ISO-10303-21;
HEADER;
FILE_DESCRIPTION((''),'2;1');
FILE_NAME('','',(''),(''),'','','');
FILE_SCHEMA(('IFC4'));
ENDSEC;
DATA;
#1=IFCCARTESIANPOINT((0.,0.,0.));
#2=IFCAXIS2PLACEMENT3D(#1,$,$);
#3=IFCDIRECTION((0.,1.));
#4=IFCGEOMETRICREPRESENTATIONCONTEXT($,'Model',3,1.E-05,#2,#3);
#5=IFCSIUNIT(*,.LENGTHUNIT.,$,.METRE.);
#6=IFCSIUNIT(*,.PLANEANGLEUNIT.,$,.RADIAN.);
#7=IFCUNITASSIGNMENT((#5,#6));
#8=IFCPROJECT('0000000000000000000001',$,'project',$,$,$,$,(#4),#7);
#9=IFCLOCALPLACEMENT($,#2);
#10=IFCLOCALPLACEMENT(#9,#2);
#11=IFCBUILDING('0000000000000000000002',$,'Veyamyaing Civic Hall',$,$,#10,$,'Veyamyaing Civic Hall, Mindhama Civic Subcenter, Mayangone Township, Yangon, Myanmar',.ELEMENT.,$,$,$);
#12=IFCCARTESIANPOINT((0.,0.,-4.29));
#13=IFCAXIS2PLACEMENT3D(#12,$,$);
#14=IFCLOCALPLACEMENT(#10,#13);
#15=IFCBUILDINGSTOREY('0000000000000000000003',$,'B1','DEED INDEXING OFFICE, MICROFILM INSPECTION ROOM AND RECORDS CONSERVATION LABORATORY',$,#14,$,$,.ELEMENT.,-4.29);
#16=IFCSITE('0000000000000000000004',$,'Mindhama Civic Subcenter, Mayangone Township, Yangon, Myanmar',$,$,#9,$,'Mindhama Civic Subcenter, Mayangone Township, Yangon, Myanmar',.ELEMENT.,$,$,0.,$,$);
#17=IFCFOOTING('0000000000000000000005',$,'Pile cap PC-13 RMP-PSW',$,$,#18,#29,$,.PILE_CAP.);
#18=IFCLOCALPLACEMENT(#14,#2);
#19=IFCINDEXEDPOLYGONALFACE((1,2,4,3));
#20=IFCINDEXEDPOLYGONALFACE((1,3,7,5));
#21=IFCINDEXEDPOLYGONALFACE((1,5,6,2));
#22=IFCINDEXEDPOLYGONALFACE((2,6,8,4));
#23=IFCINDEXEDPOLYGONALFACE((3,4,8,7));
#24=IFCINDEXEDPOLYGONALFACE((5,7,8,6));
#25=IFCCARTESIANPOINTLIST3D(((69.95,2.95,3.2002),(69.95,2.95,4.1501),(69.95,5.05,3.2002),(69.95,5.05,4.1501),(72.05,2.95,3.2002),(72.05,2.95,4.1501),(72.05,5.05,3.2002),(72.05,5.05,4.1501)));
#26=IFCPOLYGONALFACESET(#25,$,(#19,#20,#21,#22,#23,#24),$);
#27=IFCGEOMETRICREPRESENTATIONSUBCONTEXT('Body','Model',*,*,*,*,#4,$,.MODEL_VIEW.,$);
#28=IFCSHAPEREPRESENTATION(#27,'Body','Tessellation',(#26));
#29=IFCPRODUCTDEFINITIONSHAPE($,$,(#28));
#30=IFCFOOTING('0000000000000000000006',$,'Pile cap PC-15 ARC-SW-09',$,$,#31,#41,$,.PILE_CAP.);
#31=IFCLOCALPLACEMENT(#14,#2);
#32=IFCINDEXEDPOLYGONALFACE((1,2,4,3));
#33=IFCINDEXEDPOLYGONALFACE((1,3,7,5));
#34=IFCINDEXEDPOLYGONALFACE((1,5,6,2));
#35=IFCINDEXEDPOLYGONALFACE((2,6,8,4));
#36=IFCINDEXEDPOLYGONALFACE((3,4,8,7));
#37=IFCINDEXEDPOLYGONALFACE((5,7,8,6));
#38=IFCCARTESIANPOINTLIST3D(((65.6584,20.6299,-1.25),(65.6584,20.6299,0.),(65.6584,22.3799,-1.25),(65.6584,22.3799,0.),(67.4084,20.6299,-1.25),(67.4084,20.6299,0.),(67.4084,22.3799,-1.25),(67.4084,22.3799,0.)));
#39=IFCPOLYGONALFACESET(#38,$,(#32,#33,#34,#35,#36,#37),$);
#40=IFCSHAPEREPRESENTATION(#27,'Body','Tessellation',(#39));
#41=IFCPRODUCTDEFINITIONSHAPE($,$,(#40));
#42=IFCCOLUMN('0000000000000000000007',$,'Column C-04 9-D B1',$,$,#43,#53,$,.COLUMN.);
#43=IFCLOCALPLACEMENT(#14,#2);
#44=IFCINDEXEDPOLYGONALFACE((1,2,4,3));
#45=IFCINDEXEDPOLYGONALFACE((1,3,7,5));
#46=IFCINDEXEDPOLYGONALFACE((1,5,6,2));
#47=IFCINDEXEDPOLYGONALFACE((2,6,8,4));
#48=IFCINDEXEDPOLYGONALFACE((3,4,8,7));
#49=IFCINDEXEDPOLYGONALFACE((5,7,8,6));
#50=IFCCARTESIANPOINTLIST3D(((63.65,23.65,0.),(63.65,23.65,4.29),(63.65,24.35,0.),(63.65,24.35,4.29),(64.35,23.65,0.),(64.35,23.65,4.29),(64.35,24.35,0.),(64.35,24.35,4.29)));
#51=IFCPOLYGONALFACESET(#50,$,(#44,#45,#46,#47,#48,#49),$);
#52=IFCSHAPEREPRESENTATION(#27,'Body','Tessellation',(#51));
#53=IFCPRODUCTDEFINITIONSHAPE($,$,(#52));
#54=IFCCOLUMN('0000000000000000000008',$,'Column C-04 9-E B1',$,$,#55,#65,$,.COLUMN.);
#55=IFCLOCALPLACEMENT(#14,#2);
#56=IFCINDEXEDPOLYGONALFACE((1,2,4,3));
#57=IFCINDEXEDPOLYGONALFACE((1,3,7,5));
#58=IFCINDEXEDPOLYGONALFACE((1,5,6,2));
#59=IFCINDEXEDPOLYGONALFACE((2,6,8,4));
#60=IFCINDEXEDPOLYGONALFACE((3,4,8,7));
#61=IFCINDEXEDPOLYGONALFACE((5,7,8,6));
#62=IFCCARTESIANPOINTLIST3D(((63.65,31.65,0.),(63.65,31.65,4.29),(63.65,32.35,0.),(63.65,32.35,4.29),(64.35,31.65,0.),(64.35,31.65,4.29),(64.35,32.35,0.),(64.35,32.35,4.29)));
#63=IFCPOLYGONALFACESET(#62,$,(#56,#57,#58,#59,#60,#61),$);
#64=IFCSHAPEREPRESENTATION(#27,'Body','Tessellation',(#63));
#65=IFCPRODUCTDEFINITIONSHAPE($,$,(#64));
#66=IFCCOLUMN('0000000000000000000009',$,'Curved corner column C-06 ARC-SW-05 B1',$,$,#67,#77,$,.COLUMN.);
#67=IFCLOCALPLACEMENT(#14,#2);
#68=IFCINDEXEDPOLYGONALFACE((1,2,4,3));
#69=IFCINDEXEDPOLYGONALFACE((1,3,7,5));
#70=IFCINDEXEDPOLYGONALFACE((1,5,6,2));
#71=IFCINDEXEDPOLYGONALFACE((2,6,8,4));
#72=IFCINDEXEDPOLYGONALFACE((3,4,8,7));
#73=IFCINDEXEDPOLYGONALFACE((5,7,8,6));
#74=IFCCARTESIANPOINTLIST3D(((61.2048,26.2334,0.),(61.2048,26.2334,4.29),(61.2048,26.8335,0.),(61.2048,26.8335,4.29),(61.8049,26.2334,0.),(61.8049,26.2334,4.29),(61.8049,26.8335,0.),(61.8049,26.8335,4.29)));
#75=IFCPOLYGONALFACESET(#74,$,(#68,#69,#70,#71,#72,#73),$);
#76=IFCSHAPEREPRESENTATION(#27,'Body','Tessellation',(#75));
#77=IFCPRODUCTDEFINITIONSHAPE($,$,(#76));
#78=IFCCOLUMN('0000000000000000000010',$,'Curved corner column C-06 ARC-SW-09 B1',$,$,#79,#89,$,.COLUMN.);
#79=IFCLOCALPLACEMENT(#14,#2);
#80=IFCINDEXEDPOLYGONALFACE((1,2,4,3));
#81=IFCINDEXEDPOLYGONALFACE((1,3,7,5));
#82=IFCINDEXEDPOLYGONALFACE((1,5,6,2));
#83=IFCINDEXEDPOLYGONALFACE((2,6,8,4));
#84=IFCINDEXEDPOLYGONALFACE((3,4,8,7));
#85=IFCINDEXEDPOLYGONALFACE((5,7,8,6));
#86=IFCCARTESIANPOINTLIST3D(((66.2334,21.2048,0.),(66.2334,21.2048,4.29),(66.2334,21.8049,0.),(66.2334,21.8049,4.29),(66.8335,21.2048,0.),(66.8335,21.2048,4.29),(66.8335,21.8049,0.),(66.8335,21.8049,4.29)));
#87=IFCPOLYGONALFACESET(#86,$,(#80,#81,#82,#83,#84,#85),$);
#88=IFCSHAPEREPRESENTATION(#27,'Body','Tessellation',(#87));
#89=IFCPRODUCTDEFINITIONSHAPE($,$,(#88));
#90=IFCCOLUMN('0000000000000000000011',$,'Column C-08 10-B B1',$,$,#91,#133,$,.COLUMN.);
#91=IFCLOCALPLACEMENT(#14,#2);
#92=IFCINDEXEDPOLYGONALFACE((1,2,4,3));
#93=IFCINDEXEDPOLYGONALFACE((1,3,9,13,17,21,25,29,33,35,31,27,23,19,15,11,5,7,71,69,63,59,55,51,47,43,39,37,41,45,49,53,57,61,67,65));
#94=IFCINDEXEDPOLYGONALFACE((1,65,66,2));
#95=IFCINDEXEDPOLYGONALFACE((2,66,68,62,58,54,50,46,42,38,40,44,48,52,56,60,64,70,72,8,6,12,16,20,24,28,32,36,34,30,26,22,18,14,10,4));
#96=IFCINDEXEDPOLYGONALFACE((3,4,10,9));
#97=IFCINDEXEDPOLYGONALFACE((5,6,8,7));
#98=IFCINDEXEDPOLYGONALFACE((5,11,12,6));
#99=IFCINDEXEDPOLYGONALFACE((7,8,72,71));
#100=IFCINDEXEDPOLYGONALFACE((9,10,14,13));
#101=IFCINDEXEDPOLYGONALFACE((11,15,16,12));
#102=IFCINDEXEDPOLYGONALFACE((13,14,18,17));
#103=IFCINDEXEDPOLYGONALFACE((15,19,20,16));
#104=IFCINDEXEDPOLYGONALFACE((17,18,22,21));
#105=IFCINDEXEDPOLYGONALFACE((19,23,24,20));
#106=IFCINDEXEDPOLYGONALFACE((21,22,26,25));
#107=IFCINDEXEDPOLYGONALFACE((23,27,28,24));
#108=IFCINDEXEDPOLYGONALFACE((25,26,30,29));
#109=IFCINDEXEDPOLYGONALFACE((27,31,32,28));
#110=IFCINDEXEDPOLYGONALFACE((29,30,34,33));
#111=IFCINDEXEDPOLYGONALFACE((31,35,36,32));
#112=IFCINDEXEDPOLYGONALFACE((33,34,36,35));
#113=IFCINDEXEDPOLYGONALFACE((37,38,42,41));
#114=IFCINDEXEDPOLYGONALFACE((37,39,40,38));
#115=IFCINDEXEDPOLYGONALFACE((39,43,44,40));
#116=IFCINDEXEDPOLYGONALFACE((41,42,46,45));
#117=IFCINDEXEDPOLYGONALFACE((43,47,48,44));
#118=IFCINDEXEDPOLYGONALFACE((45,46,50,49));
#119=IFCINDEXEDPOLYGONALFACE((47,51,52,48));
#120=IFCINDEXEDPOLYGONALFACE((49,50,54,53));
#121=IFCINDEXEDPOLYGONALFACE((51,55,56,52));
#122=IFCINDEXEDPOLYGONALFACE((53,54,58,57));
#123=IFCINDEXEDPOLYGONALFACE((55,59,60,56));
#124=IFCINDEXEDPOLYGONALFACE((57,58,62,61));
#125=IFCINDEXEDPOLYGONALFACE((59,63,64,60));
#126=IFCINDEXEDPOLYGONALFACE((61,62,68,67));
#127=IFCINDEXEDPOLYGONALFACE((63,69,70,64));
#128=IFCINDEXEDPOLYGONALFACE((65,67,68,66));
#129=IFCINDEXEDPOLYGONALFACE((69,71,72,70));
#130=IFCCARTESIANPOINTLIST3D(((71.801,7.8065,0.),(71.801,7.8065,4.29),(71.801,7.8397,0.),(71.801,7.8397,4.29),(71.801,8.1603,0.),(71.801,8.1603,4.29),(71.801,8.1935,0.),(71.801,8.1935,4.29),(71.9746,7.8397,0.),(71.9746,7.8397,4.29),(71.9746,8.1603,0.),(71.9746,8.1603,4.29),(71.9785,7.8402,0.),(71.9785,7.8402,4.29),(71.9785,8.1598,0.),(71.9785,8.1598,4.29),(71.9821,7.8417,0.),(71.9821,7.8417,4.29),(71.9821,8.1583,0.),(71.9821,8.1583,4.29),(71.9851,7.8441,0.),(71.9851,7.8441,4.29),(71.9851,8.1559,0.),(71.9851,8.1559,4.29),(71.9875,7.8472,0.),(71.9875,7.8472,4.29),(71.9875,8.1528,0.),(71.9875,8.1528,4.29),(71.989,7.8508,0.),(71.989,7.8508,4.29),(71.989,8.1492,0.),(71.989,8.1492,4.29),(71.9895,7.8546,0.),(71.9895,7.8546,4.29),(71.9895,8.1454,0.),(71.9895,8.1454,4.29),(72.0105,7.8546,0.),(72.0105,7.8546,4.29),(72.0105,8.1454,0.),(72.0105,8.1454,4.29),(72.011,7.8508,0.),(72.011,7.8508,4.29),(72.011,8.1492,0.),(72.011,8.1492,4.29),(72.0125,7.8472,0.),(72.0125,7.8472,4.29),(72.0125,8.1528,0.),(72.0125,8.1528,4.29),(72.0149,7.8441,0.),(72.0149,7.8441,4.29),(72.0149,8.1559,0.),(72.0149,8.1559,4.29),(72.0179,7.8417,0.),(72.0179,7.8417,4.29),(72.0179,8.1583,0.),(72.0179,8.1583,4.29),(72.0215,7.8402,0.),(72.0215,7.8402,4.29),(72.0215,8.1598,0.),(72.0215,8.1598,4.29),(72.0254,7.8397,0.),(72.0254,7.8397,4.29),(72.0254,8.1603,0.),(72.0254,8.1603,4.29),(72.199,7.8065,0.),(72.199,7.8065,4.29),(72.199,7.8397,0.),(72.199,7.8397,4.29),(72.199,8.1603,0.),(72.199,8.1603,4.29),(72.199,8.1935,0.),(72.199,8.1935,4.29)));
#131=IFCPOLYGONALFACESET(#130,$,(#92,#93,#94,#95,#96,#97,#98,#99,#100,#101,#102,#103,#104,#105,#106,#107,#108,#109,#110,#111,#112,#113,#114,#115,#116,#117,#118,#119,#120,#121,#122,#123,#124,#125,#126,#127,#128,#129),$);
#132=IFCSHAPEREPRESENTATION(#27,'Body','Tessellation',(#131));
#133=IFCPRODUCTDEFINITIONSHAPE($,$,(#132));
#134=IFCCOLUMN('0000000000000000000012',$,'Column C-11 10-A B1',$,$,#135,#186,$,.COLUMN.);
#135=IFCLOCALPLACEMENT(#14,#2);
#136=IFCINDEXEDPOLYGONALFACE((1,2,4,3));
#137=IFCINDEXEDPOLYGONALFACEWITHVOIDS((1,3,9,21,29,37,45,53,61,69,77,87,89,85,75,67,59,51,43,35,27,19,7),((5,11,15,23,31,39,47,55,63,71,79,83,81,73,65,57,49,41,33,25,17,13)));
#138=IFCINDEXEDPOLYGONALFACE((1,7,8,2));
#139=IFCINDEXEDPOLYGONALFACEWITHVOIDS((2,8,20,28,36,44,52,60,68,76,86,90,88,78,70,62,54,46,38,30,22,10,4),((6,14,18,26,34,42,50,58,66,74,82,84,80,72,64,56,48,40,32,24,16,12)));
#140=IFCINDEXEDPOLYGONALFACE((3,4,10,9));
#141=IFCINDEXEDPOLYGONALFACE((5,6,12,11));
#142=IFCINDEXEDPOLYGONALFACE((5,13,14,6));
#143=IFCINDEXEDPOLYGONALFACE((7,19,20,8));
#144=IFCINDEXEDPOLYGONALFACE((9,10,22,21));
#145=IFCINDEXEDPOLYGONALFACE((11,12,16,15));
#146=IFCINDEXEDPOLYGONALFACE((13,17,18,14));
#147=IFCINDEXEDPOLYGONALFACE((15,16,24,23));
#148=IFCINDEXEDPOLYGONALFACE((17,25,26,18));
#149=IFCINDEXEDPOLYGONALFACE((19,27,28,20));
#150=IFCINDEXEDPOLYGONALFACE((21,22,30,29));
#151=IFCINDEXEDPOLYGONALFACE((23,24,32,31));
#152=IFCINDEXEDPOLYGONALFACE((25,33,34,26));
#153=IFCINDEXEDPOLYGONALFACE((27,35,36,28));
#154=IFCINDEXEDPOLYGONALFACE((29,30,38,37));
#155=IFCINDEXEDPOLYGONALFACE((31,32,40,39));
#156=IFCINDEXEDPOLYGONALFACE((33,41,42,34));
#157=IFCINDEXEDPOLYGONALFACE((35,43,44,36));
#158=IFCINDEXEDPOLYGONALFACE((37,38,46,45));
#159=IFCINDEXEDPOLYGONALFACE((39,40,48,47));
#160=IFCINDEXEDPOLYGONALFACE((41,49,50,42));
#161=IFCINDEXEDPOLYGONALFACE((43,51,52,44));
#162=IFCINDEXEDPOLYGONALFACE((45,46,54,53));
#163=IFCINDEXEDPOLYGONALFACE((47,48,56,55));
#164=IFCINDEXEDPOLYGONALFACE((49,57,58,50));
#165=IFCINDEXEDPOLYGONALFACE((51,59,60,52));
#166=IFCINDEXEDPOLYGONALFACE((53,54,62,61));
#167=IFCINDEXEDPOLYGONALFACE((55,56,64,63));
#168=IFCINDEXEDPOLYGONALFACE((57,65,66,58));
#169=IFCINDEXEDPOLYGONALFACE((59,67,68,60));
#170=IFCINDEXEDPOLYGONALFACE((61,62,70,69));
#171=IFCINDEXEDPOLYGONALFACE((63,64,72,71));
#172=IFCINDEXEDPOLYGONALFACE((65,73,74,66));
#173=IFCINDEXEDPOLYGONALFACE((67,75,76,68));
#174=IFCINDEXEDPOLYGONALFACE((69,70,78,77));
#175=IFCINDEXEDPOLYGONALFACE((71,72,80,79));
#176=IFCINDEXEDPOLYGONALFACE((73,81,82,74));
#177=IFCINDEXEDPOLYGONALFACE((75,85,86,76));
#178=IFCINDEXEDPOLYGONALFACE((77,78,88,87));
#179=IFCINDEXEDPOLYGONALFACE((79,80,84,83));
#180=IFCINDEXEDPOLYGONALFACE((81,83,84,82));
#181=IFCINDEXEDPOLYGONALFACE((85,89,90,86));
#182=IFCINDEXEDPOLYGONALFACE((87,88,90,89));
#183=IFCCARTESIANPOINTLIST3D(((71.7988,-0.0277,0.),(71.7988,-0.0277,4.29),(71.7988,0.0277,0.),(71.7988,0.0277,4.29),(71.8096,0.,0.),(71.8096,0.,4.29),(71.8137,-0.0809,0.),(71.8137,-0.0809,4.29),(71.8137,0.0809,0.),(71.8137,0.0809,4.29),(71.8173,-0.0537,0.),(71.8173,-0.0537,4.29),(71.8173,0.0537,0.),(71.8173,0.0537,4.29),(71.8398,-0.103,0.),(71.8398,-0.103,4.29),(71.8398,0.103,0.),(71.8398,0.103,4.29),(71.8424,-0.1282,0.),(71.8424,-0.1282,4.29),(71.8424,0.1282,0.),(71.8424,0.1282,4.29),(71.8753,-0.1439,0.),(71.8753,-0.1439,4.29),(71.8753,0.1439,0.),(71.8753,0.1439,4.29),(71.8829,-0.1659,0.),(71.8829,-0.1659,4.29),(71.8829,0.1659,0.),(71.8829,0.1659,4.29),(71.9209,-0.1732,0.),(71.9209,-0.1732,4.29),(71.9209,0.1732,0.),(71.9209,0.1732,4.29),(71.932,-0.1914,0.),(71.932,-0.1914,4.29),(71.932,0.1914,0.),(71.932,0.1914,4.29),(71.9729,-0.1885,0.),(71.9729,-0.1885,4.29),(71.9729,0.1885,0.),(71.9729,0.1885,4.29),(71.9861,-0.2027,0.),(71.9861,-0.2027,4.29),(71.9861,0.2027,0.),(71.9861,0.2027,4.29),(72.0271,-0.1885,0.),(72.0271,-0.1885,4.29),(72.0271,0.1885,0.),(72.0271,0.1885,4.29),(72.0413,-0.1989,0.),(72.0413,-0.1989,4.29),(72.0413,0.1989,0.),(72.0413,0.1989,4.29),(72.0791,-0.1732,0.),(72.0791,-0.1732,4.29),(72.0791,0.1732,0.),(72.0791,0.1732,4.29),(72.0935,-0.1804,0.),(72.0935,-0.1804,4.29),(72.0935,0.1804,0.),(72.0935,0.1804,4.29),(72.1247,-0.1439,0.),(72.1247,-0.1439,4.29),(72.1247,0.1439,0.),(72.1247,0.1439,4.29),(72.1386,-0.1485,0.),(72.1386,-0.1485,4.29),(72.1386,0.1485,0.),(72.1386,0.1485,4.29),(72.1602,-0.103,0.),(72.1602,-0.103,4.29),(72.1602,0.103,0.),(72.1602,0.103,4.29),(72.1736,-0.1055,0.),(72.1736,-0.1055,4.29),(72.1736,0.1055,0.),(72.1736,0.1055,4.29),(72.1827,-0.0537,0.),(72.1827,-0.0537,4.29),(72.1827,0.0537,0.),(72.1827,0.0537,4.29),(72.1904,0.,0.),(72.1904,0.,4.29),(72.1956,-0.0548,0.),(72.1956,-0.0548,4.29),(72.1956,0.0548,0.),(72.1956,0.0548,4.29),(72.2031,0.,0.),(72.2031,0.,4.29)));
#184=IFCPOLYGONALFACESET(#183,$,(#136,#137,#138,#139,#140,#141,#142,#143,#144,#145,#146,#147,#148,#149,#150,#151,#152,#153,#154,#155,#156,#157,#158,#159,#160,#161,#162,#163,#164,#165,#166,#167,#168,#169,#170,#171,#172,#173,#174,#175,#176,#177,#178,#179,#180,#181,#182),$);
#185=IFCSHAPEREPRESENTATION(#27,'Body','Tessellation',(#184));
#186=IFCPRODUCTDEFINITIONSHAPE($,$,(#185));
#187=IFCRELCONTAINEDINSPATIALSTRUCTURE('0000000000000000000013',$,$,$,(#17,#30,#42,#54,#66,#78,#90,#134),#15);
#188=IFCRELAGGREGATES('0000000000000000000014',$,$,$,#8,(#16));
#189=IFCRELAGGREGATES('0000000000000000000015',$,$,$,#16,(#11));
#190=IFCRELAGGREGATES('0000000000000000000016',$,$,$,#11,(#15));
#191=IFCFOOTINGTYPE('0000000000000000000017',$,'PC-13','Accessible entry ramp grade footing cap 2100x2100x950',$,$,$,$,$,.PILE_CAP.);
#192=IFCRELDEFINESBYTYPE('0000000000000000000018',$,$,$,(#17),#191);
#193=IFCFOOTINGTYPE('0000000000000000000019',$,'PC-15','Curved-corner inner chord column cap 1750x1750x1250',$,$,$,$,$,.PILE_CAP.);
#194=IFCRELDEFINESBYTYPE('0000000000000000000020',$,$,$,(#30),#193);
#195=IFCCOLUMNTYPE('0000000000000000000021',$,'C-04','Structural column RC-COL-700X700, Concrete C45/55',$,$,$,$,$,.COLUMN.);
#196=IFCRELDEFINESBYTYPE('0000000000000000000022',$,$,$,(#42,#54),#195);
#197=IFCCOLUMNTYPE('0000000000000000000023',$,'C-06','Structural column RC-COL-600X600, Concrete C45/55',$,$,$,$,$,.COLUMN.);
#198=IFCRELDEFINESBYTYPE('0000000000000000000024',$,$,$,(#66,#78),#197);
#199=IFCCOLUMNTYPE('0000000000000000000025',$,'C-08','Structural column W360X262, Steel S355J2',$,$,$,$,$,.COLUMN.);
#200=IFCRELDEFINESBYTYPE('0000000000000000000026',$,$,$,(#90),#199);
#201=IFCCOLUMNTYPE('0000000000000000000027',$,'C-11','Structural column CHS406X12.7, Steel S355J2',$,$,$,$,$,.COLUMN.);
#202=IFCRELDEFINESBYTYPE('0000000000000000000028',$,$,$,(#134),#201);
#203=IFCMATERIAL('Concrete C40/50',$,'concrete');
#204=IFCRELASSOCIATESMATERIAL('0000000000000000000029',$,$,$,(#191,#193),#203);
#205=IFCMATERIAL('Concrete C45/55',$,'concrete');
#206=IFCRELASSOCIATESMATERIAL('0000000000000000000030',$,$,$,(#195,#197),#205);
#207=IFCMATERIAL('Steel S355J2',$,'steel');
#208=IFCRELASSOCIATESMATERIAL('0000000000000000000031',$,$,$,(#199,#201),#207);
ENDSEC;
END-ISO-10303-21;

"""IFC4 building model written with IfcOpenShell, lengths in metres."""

from ifc_helpers import new_model, si_unit, direction, frame, origin, origin_2d, place, context, subcontext, project, spatial, rectangle, hollow_circle, i_section, extrude, material, material_profile, profile_set, type_object, element, save


model = new_model("IFC4")

# Units and contexts
model_context = context("Model", 3, precision=1e-05, world=origin(), true_north=direction((0.0, 1.0)))
body_context = subcontext(model_context, "Body", "Model", "MODEL_VIEW")
ifc_project = project(units=[si_unit("LENGTHUNIT", "METRE"), si_unit("PLANEANGLEUNIT", "RADIAN")], contexts=[model_context])

# Site, building, storey
site_placement = place(None, origin())
site = spatial("IfcSite", under=ifc_project, at=site_placement, Name="Mindhama Civic Subcenter, Mayangone Township, Yangon, Myanmar", LongName="Mindhama Civic Subcenter, Mayangone Township, Yangon, Myanmar", CompositionType="ELEMENT", RefElevation=0.0)
building_placement = place(site_placement, origin())
building = spatial("IfcBuilding", under=site, at=building_placement, Name="Veyamyaing Civic Hall", LongName="Veyamyaing Civic Hall, Mindhama Civic Subcenter, Mayangone Township, Yangon, Myanmar", CompositionType="ELEMENT")
storey_placement = place(building_placement, frame((0.0, 0.0, -4.29)))
storey = spatial("IfcBuildingStorey", under=building, at=storey_placement, Name="B1", Description="DEED INDEXING OFFICE, MICROFILM INSPECTION ROOM AND RECORDS CONSERVATION LABORATORY", CompositionType="ELEMENT", Elevation=-4.29)

# Shared definitions
ifc_material_1 = material(Name="Concrete C40/50", Category="concrete")

# Footings
footing_type_1 = type_object("IfcFootingType", Name="PC-13", Description="Accessible entry ramp grade footing cap 2100x2100x950", PredefinedType="PILE_CAP", material=ifc_material_1)
footing_1_placement = place(storey_placement, frame((71.0, 4.0, 3.2002), z_axis=(0.0, 0.0, 1.0), x_axis=(1.0, 0.0, 0.0)))
element("IfcFooting", 1, at=footing_1_placement, inside=storey, type_object=footing_type_1, Name="Pile cap PC-13 RMP-PSW", PredefinedType="PILE_CAP", context=body_context, shape_type="SweptSolid", body=[
    extrude(rectangle(XDim=2.1001, YDim=2.1001, at=origin_2d()), origin(), (0.0, 0.0, 1.0), 0.95),
])
footing_type_2 = type_object("IfcFootingType", Name="PC-15", Description="Curved-corner inner chord column cap 1750x1750x1250", PredefinedType="PILE_CAP", material=ifc_material_1)
footing_2_placement = place(storey_placement, frame((66.5334, 21.5049, -1.25), z_axis=(0.0, 0.0, 1.0), x_axis=(1.0, 0.0, 0.0)))
element("IfcFooting", 2, at=footing_2_placement, inside=storey, type_object=footing_type_2, Name="Pile cap PC-15 ARC-SW-09", PredefinedType="PILE_CAP", context=body_context, shape_type="SweptSolid", body=[
    extrude(rectangle(XDim=1.75, YDim=1.75, at=origin_2d()), origin(), (0.0, 0.0, 1.0), 1.25),
])

# Columns
ifc_material_2 = material(Name="Concrete C45/55", Category="concrete")
ifc_material_profile_1 = material_profile(ifc_material_2, rectangle(XDim=0.7, YDim=0.7, at=origin_2d()), Name="RC-COL-700X700")
ifc_profile_set_1 = profile_set([ifc_material_profile_1], Name="Concrete C45/55")
column_type_1 = type_object("IfcColumnType", Name="C-04", Description="Structural column RC-COL-700X700, Concrete C45/55", PredefinedType="COLUMN", material=ifc_profile_set_1)
for number, where, z_axis, x_axis, name in (
    (3, (64.0, 24.0, 0.0), (0.0, 0.0, 1.0), (1.0, 0.0, 0.0), "Column C-04 9-D B1"),
    (4, (64.0, 32.0, 0.0), (0.0, 0.0, 1.0), (1.0, 0.0, 0.0), "Column C-04 9-E B1"),
):
    element("IfcColumn", number, at=place(storey_placement, frame(where, z_axis=z_axis, x_axis=x_axis)), inside=storey, type_object=column_type_1, Name=name, PredefinedType="COLUMN", context=body_context, shape_type="SweptSolid", body=[
        extrude(rectangle(XDim=0.7, YDim=0.7, at=origin_2d()), origin(), (0.0, 0.0, 1.0), 4.29),
    ])
ifc_material_profile_2 = material_profile(ifc_material_2, rectangle(XDim=0.6001, YDim=0.6001, at=origin_2d()), Name="RC-COL-600X600")
ifc_profile_set_2 = profile_set([ifc_material_profile_2], Name="Concrete C45/55")
column_type_2 = type_object("IfcColumnType", Name="C-06", Description="Structural column RC-COL-600X600, Concrete C45/55", PredefinedType="COLUMN", material=ifc_profile_set_2)
for number, where, z_axis, x_axis, name in (
    (5, (61.5049, 26.5334, 0.0), (0.0, 0.0, 1.0), (1.0, 0.0, 0.0), "Curved corner column C-06 ARC-SW-05 B1"),
    (6, (66.5334, 21.5049, 0.0), (0.0, 0.0, 1.0), (1.0, 0.0, 0.0), "Curved corner column C-06 ARC-SW-09 B1"),
):
    element("IfcColumn", number, at=place(storey_placement, frame(where, z_axis=z_axis, x_axis=x_axis)), inside=storey, type_object=column_type_2, Name=name, PredefinedType="COLUMN", context=body_context, shape_type="SweptSolid", body=[
        extrude(rectangle(XDim=0.6001, YDim=0.6001, at=origin_2d()), origin(), (0.0, 0.0, 1.0), 4.29),
    ])
ifc_material_3 = material(Name="Steel S355J2", Category="steel")
ifc_material_profile_3 = material_profile(ifc_material_3, i_section(OverallWidth=0.3979, OverallDepth=0.387, WebThickness=0.021, FlangeThickness=0.0332, FilletRadius=0.0149, at=origin_2d()), Name="W360X262")
ifc_profile_set_3 = profile_set([ifc_material_profile_3], Name="Steel S355J2")
column_type_3 = type_object("IfcColumnType", Name="C-08", Description="Structural column W360X262, Steel S355J2", PredefinedType="COLUMN", material=ifc_profile_set_3)
column_1_placement = place(storey_placement, frame((72.0, 8.0, 0.0), z_axis=(0.0, 0.0, 1.0), x_axis=(1.0, 0.0, 0.0)))
element("IfcColumn", 7, at=column_1_placement, inside=storey, type_object=column_type_3, Name="Column C-08 10-B B1", PredefinedType="COLUMN", context=body_context, shape_type="SweptSolid", body=[
    extrude(i_section(OverallWidth=0.3979, OverallDepth=0.387, WebThickness=0.021, FlangeThickness=0.0332, FilletRadius=0.0149, at=origin_2d()), origin(), (0.0, 0.0, 1.0), 4.29),
])
ifc_material_profile_4 = material_profile(ifc_material_3, hollow_circle(Radius=0.2031, WallThickness=0.0127, at=origin_2d()), Name="CHS406X12.7")
ifc_profile_set_4 = profile_set([ifc_material_profile_4], Name="Steel S355J2")
column_type_4 = type_object("IfcColumnType", Name="C-11", Description="Structural column CHS406X12.7, Steel S355J2", PredefinedType="COLUMN", material=ifc_profile_set_4)
column_2_placement = place(storey_placement, frame((72.0, 0.0, 0.0), z_axis=(0.0, 0.0, 1.0), x_axis=(1.0, 0.0, 0.0)))
element("IfcColumn", 8, at=column_2_placement, inside=storey, type_object=column_type_4, Name="Column C-11 10-A B1", PredefinedType="COLUMN", context=body_context, shape_type="SweptSolid", body=[
    extrude(hollow_circle(Radius=0.2031, WallThickness=0.0127, at=origin_2d()), origin(), (0.0, 0.0, 1.0), 4.29),
])

save(model, "model.ifc")
